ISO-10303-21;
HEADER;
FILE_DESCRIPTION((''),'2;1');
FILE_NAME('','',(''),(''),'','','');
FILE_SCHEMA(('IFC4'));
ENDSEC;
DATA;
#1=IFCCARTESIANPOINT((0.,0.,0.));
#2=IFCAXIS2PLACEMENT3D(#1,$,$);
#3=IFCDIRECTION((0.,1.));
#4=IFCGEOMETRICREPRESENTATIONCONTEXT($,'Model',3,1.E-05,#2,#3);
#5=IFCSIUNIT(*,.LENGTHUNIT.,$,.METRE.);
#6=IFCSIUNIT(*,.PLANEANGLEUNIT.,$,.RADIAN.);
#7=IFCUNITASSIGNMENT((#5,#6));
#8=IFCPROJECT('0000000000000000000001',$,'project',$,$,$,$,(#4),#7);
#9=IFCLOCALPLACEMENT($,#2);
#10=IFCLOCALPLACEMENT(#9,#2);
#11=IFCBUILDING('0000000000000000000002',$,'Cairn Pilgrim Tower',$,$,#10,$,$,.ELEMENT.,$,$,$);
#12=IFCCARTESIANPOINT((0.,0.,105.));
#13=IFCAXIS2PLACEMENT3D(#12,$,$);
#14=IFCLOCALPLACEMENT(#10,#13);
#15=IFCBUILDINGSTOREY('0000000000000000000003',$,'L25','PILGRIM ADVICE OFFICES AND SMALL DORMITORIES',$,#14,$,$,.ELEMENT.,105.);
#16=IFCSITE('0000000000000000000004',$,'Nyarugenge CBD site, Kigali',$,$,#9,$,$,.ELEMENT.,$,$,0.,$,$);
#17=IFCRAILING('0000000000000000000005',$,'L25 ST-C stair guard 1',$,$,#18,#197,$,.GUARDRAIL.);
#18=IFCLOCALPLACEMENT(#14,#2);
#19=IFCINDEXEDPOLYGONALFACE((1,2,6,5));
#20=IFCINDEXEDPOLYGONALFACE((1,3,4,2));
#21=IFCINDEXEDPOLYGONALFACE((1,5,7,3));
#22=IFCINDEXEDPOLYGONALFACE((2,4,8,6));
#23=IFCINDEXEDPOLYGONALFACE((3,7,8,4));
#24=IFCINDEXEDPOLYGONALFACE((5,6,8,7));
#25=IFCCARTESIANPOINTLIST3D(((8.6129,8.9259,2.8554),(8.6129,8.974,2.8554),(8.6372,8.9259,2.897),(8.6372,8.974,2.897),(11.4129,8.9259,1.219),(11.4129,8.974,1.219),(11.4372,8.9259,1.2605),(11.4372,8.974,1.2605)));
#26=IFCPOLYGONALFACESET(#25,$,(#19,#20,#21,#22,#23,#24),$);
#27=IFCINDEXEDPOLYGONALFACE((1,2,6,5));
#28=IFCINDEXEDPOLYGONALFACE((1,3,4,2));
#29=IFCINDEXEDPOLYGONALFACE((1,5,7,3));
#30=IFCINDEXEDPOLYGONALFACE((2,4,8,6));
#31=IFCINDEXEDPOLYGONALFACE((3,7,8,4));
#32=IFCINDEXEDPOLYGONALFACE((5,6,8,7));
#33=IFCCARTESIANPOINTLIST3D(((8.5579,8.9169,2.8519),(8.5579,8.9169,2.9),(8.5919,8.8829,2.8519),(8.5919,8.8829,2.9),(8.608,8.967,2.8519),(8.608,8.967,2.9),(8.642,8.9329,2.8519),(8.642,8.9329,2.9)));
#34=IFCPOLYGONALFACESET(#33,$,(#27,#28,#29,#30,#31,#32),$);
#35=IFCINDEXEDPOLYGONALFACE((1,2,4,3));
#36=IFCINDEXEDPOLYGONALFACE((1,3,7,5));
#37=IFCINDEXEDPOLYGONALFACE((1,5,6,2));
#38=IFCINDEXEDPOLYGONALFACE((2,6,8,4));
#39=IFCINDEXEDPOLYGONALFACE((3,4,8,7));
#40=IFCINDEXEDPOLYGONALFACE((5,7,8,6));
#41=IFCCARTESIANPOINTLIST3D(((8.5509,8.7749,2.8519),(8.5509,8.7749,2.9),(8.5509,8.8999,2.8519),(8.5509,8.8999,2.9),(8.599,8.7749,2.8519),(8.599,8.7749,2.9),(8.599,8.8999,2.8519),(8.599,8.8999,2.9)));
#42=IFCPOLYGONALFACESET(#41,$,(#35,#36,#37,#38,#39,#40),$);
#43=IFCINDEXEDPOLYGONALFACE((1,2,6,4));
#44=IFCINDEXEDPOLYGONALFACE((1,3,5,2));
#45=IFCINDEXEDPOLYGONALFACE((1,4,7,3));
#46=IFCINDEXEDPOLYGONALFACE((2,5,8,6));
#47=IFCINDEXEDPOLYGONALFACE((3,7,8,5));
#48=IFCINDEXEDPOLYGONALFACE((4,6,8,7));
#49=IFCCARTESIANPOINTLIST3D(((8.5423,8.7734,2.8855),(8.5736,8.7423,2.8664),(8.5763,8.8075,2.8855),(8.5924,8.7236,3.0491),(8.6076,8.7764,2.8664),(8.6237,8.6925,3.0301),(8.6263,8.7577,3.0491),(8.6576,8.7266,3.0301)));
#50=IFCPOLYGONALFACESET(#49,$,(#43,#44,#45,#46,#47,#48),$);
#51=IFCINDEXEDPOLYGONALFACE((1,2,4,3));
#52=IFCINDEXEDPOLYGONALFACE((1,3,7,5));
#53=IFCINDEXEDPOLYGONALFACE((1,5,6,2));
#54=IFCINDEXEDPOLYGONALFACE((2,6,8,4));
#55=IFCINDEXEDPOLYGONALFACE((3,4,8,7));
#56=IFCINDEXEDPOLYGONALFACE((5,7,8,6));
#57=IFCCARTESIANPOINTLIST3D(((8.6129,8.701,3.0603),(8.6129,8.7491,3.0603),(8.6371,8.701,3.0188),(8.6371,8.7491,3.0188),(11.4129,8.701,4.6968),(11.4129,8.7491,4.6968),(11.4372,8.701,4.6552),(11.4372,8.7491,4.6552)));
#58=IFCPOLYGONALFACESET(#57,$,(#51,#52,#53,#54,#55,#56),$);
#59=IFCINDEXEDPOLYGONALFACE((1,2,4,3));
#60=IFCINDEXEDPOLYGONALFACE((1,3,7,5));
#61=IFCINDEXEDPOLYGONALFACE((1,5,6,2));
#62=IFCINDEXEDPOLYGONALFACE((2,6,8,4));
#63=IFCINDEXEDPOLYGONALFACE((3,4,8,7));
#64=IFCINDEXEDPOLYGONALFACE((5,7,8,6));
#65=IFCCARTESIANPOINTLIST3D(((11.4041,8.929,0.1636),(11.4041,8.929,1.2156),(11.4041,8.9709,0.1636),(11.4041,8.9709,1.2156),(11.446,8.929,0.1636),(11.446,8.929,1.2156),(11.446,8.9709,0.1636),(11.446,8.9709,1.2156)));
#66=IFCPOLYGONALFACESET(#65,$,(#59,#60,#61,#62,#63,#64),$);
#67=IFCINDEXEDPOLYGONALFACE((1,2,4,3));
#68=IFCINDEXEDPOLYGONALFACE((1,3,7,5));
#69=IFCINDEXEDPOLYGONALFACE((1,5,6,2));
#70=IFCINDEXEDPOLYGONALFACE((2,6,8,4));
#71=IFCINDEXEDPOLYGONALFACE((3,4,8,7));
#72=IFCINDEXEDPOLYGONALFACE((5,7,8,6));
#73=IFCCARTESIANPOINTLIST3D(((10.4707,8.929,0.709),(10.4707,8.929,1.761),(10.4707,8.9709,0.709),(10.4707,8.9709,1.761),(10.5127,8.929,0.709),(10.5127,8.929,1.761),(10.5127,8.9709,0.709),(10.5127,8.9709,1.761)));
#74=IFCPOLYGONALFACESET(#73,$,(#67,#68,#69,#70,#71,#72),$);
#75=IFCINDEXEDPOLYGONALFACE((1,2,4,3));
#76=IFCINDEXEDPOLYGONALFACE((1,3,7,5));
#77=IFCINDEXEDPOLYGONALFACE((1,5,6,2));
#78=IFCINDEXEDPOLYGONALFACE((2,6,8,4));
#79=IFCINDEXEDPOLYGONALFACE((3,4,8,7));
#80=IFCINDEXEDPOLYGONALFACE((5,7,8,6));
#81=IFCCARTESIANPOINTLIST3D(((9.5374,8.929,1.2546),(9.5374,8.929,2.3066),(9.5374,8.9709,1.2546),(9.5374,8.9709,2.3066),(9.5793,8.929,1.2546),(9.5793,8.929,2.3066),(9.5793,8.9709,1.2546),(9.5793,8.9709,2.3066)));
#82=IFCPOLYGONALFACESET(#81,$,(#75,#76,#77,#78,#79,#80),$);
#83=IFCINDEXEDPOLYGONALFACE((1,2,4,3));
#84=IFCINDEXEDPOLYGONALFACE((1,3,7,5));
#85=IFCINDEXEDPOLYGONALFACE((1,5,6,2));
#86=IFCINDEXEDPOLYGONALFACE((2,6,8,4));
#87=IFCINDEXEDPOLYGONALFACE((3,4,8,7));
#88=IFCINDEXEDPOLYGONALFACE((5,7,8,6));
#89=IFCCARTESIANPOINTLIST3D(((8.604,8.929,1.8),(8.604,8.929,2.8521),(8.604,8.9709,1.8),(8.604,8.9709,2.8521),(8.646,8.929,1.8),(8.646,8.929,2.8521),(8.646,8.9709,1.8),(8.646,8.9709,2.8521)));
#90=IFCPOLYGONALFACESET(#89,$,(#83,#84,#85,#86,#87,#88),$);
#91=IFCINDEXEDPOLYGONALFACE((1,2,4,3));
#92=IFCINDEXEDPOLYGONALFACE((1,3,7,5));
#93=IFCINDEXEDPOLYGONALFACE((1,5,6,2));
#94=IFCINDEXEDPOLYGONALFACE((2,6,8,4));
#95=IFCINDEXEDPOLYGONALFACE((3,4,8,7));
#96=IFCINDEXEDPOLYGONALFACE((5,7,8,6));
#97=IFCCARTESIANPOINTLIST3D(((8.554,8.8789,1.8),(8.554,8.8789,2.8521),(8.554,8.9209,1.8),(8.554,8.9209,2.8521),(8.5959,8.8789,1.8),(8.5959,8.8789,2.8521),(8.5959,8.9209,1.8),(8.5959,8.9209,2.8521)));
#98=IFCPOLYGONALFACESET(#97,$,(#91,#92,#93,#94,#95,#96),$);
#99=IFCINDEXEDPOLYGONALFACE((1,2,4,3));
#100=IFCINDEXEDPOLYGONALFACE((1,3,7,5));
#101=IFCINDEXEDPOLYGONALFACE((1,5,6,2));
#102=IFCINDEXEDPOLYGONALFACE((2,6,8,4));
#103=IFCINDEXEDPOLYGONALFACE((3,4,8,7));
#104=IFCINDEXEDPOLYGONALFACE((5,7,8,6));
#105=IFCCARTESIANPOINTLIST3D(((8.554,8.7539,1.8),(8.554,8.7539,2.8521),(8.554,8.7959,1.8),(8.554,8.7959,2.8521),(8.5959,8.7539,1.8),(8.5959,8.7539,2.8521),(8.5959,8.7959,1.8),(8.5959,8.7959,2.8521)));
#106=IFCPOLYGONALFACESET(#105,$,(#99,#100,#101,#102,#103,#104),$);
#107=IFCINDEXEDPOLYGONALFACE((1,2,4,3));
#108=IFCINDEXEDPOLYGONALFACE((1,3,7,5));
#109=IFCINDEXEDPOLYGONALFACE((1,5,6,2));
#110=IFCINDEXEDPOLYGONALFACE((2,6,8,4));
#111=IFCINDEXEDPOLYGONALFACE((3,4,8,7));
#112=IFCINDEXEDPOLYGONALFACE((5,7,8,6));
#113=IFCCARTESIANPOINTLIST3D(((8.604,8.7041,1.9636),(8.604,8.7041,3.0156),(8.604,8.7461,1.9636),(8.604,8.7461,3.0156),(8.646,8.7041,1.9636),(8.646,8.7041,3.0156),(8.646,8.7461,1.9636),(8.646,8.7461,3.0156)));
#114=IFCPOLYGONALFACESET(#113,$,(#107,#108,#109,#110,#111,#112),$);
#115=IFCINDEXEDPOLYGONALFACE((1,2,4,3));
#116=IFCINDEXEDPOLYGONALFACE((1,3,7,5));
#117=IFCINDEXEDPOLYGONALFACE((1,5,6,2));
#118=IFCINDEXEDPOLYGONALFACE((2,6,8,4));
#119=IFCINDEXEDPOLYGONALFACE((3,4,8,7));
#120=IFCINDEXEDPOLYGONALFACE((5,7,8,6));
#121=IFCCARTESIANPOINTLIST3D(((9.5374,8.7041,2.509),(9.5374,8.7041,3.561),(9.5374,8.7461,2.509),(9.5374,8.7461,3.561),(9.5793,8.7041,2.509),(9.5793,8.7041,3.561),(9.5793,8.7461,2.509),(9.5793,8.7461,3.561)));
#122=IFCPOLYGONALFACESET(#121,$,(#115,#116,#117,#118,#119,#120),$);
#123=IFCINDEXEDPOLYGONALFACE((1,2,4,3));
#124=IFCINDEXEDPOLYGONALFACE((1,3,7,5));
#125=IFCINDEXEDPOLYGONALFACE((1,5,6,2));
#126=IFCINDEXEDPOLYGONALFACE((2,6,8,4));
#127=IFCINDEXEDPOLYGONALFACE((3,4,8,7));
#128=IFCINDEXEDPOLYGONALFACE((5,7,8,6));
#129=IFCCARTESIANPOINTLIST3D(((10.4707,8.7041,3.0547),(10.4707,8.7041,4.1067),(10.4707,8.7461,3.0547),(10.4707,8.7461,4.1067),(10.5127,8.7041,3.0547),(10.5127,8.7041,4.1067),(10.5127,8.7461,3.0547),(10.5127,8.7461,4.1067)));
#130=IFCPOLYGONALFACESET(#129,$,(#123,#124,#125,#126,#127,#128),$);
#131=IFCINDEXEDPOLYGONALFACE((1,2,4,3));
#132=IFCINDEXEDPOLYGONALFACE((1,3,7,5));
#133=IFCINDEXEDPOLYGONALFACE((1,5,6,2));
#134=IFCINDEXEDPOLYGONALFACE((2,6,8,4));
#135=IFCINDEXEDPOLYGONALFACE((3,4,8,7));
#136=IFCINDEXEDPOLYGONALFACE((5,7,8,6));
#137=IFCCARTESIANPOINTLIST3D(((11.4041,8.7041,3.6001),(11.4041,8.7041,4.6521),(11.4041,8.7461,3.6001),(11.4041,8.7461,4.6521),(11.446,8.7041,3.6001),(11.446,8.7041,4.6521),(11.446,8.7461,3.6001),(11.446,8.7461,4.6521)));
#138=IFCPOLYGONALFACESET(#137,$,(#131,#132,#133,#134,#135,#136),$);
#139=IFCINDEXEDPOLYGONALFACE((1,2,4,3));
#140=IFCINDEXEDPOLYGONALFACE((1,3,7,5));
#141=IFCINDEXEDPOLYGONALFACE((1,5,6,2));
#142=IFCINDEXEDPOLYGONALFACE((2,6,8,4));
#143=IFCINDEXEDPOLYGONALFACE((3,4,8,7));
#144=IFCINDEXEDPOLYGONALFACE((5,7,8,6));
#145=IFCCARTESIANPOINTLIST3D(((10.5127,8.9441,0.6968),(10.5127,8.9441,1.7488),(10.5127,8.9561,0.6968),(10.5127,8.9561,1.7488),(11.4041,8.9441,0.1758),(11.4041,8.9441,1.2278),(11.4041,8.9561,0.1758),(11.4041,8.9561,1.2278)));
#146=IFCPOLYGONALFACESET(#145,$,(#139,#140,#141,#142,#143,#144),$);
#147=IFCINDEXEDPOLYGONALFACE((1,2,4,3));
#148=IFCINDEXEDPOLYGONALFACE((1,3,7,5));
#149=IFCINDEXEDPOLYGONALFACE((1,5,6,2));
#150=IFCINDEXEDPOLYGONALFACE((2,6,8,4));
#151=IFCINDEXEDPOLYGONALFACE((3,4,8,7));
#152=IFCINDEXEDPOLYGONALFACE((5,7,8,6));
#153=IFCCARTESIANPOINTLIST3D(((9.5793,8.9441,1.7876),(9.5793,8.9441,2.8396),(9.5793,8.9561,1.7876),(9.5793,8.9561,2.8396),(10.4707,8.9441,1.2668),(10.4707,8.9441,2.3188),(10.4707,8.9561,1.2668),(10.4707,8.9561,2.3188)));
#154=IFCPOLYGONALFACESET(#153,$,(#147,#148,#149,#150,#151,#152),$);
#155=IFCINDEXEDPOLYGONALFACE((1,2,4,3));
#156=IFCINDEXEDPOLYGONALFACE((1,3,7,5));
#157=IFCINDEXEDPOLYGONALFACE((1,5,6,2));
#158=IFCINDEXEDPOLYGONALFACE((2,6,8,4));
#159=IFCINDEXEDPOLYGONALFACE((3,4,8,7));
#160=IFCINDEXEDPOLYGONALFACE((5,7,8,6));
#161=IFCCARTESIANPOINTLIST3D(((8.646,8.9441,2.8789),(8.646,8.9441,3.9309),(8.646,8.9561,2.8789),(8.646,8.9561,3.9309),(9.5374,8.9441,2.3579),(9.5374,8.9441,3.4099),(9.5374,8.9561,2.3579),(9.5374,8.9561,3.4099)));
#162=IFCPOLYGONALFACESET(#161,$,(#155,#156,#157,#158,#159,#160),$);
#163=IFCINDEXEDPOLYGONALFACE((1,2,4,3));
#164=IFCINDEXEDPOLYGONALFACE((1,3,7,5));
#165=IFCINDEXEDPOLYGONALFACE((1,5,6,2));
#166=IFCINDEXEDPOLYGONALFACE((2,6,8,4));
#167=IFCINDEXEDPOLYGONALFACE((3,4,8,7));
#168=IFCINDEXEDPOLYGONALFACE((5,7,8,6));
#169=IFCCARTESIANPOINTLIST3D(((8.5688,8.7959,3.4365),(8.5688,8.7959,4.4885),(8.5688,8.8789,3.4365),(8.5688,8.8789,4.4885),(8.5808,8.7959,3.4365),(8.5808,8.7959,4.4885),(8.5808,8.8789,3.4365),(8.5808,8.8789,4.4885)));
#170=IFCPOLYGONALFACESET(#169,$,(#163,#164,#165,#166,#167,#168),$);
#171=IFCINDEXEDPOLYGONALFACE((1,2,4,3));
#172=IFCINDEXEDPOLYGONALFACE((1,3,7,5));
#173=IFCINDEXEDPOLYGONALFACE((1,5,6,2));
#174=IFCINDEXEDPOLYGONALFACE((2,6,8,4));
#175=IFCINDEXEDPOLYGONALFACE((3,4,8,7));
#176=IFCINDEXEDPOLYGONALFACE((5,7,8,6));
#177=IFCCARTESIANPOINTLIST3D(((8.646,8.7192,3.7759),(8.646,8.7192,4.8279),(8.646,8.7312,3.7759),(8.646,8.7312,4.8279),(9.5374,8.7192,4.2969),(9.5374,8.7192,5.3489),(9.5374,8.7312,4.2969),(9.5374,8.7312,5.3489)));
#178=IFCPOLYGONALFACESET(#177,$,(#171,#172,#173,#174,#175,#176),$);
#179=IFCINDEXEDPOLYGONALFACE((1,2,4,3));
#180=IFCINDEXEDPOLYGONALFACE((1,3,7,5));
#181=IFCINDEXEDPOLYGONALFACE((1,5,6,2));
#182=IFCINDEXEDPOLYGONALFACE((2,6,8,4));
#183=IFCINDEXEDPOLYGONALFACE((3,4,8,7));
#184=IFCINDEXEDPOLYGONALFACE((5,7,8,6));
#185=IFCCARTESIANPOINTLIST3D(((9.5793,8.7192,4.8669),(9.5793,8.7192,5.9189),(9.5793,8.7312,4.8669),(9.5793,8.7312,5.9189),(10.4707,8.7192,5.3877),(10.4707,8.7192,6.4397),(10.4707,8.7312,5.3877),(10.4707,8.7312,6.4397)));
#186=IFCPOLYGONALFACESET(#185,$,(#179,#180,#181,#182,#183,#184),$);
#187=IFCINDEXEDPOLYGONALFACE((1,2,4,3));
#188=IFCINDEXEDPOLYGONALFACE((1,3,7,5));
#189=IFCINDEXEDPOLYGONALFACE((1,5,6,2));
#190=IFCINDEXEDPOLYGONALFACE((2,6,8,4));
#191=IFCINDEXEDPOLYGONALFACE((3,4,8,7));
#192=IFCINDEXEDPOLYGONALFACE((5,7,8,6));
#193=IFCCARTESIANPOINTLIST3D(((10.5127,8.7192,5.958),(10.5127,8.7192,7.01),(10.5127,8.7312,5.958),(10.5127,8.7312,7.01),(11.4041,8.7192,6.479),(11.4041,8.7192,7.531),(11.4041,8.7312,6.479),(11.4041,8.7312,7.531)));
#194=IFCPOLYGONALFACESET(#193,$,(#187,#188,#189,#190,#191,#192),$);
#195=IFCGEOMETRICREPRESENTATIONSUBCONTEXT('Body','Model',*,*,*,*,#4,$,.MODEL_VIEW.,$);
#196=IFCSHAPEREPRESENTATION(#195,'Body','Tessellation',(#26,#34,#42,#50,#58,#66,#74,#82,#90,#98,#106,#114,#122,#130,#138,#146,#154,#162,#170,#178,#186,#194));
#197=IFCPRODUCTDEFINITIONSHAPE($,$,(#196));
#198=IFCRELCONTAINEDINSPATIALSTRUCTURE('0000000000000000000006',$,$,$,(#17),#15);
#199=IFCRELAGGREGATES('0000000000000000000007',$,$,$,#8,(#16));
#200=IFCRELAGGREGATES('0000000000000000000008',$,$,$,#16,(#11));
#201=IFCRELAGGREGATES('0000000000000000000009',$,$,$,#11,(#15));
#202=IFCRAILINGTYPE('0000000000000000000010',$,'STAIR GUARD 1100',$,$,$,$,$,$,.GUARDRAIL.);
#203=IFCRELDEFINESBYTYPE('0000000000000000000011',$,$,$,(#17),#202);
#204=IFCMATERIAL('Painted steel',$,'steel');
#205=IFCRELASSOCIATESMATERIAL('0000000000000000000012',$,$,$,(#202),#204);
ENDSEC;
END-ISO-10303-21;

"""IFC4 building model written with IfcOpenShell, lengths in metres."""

from ifc_helpers import new_model, si_unit, direction, frame, origin, origin_2d, place, context, subcontext, project, spatial, polyline, rectangle, outline, extrude, material, type_object, element, save


model = new_model("IFC4")

# Units and contexts
model_context = context("Model", 3, precision=1e-05, world=origin(), true_north=direction((0.0, 1.0)))
body_context = subcontext(model_context, "Body", "Model", "MODEL_VIEW")
ifc_project = project(units=[si_unit("LENGTHUNIT", "METRE"), si_unit("PLANEANGLEUNIT", "RADIAN")], contexts=[model_context])

# Site, building, storey
site_placement = place(None, origin())
site = spatial("IfcSite", under=ifc_project, at=site_placement, Name="Nyarugenge CBD site, Kigali", CompositionType="ELEMENT", RefElevation=0.0)
building_placement = place(site_placement, origin())
building = spatial("IfcBuilding", under=site, at=building_placement, Name="Cairn Pilgrim Tower", CompositionType="ELEMENT")
storey_placement = place(building_placement, frame((0.0, 0.0, 105.0)))
storey = spatial("IfcBuildingStorey", under=building, at=storey_placement, Name="L25", Description="PILGRIM ADVICE OFFICES AND SMALL DORMITORIES", CompositionType="ELEMENT", Elevation=105.0)

# Shared definitions
ifc_material_1 = material(Name="Painted steel", Category="steel")

# Railing
railing_type_1 = type_object("IfcRailingType", Name="STAIR GUARD 1100", PredefinedType="GUARDRAIL", material=ifc_material_1)
railing_1_placement = place(storey_placement, frame((11.425, 8.95, 0.1636)))
element("IfcRailing", 1, at=railing_1_placement, inside=storey, type_object=railing_type_1, Name="L25 ST-C stair guard 1", PredefinedType="GUARDRAIL", context=body_context, shape_type="SweptSolid", body=[
    extrude(rectangle(XDim=0.0481, YDim=0.0481, at=origin_2d()), frame((0.0, 0.0, 1.0762), z_axis=(-0.863361, 0.0, 0.504587), x_axis=(0.0, -1.0, 0.0)), (0.0, 0.0, 1.0), 3.2432),
    extrude(rectangle(XDim=0.0481, YDim=0.0481, at=origin_2d()), frame((-2.8, 0.0, 2.7124), z_axis=(-0.707107, -0.707107, 0.0), x_axis=(0.707107, -0.707107, 0.0)), (0.0, 0.0, 1.0), 0.0708),
    extrude(rectangle(XDim=0.0481, YDim=0.0481, at=origin_2d()), frame((-2.8501, -0.05, 2.7124), z_axis=(0.0, -1.0, 0.0), x_axis=(1.0, 0.0, 0.0)), (0.0, 0.0, 1.0), 0.125),
    extrude(rectangle(XDim=0.0481, YDim=0.0481, at=origin_2d()), frame((-2.8501, -0.175, 2.7124), z_axis=(0.280917, -0.279546, 0.918118), x_axis=(0.705376, 0.708834, 0.0)), (0.0, 0.0, 1.0), 0.1782),
    extrude(rectangle(XDim=0.0481, YDim=0.0481, at=origin_2d()), frame((-2.8, -0.2249, 2.876), z_axis=(0.863361, 0.0, 0.504587), x_axis=(0.0, 1.0, 0.0)), (0.0, 0.0, 1.0), 3.2432),
    extrude(rectangle(XDim=0.042, YDim=0.042, at=origin_2d()), origin(), (0.0, 0.0, 1.0), 1.052),
    extrude(rectangle(XDim=0.042, YDim=0.042, at=origin_2d()), frame((-0.9333, 0.0, 0.5454)), (0.0, 0.0, 1.0), 1.052),
    extrude(rectangle(XDim=0.042, YDim=0.042, at=origin_2d()), frame((-1.8667, 0.0, 1.0911)), (0.0, 0.0, 1.0), 1.052),
    extrude(rectangle(XDim=0.042, YDim=0.042, at=origin_2d()), frame((-2.8, 0.0, 1.6365)), (0.0, 0.0, 1.0), 1.052),
    extrude(rectangle(XDim=0.042, YDim=0.042, at=origin_2d()), frame((-2.8501, -0.05, 1.6365)), (0.0, 0.0, 1.0), 1.052),
    extrude(rectangle(XDim=0.042, YDim=0.042, at=origin_2d()), frame((-2.8501, -0.175, 1.6365)), (0.0, 0.0, 1.0), 1.052),
    extrude(rectangle(XDim=0.042, YDim=0.042, at=origin_2d()), frame((-2.8, -0.2249, 1.8)), (0.0, 0.0, 1.0), 1.052),
    extrude(rectangle(XDim=0.042, YDim=0.042, at=origin_2d()), frame((-1.8667, -0.2249, 2.3455)), (0.0, 0.0, 1.0), 1.052),
    extrude(rectangle(XDim=0.042, YDim=0.042, at=origin_2d()), frame((-0.9333, -0.2249, 2.8911)), (0.0, 0.0, 1.0), 1.052),
    extrude(rectangle(XDim=0.042, YDim=0.042, at=origin_2d()), frame((0.0, -0.2249, 3.4365)), (0.0, 0.0, 1.0), 1.052),
    extrude(outline(polyline([(0.021, 0.0122), (0.9124, 0.5332), (0.9124, 1.5852), (0.021, 1.0642), (0.021, 0.0122)])), frame((0.0, -0.0059, 0.0), z_axis=(0.0, 1.0, 0.0), x_axis=(-1.0, 0.0, 0.0)), (0.0, 0.0, 1.0), 0.012),
    extrude(outline(polyline([(0.021, 0.5579), (0.9124, 1.0786), (0.9124, 2.1306), (0.021, 1.6099), (0.021, 0.5579)])), frame((-0.9333, -0.0059, 0.5454), z_axis=(0.0, 1.0, 0.0), x_axis=(-1.0, 0.0, 0.0)), (0.0, 0.0, 1.0), 0.012),
    extrude(outline(polyline([(0.021, 1.1033), (0.9124, 1.6243), (0.9124, 2.6763), (0.021, 2.1553), (0.021, 1.1033)])), frame((-1.8667, -0.0059, 1.0911), z_axis=(0.0, 1.0, 0.0), x_axis=(-1.0, 0.0, 0.0)), (0.0, 0.0, 1.0), 0.012),
    extrude(outline(polyline([(0.021, 1.6365), (0.104, 1.6365), (0.104, 2.6885), (0.021, 2.6885), (0.021, 1.6365)])), frame((-2.8442, -0.05, 1.6365), z_axis=(-1.0, 0.0, 0.0), x_axis=(0.0, -1.0, 0.0)), (0.0, 0.0, 1.0), 0.012),
    extrude(outline(polyline([(0.021, 1.8123), (0.9124, 2.3333), (0.9124, 3.3853), (0.021, 2.8643), (0.021, 1.8123)])), frame((-2.8, -0.2188, 1.8), z_axis=(0.0, -1.0, 0.0), x_axis=(1.0, 0.0, 0.0)), (0.0, 0.0, 1.0), 0.012),
    extrude(outline(polyline([(0.021, 2.3579), (0.9124, 2.8787), (0.9124, 3.9307), (0.021, 3.4099), (0.021, 2.3579)])), frame((-1.8667, -0.2188, 2.3455), z_axis=(0.0, -1.0, 0.0), x_axis=(1.0, 0.0, 0.0)), (0.0, 0.0, 1.0), 0.012),
    extrude(outline(polyline([(0.021, 2.9033), (0.9124, 3.4243), (0.9124, 4.4763), (0.021, 3.9553), (0.021, 2.9033)])), frame((-0.9333, -0.2188, 2.8911), z_axis=(0.0, -1.0, 0.0), x_axis=(1.0, 0.0, 0.0)), (0.0, 0.0, 1.0), 0.012),
])

save(model, "model.ifc")
